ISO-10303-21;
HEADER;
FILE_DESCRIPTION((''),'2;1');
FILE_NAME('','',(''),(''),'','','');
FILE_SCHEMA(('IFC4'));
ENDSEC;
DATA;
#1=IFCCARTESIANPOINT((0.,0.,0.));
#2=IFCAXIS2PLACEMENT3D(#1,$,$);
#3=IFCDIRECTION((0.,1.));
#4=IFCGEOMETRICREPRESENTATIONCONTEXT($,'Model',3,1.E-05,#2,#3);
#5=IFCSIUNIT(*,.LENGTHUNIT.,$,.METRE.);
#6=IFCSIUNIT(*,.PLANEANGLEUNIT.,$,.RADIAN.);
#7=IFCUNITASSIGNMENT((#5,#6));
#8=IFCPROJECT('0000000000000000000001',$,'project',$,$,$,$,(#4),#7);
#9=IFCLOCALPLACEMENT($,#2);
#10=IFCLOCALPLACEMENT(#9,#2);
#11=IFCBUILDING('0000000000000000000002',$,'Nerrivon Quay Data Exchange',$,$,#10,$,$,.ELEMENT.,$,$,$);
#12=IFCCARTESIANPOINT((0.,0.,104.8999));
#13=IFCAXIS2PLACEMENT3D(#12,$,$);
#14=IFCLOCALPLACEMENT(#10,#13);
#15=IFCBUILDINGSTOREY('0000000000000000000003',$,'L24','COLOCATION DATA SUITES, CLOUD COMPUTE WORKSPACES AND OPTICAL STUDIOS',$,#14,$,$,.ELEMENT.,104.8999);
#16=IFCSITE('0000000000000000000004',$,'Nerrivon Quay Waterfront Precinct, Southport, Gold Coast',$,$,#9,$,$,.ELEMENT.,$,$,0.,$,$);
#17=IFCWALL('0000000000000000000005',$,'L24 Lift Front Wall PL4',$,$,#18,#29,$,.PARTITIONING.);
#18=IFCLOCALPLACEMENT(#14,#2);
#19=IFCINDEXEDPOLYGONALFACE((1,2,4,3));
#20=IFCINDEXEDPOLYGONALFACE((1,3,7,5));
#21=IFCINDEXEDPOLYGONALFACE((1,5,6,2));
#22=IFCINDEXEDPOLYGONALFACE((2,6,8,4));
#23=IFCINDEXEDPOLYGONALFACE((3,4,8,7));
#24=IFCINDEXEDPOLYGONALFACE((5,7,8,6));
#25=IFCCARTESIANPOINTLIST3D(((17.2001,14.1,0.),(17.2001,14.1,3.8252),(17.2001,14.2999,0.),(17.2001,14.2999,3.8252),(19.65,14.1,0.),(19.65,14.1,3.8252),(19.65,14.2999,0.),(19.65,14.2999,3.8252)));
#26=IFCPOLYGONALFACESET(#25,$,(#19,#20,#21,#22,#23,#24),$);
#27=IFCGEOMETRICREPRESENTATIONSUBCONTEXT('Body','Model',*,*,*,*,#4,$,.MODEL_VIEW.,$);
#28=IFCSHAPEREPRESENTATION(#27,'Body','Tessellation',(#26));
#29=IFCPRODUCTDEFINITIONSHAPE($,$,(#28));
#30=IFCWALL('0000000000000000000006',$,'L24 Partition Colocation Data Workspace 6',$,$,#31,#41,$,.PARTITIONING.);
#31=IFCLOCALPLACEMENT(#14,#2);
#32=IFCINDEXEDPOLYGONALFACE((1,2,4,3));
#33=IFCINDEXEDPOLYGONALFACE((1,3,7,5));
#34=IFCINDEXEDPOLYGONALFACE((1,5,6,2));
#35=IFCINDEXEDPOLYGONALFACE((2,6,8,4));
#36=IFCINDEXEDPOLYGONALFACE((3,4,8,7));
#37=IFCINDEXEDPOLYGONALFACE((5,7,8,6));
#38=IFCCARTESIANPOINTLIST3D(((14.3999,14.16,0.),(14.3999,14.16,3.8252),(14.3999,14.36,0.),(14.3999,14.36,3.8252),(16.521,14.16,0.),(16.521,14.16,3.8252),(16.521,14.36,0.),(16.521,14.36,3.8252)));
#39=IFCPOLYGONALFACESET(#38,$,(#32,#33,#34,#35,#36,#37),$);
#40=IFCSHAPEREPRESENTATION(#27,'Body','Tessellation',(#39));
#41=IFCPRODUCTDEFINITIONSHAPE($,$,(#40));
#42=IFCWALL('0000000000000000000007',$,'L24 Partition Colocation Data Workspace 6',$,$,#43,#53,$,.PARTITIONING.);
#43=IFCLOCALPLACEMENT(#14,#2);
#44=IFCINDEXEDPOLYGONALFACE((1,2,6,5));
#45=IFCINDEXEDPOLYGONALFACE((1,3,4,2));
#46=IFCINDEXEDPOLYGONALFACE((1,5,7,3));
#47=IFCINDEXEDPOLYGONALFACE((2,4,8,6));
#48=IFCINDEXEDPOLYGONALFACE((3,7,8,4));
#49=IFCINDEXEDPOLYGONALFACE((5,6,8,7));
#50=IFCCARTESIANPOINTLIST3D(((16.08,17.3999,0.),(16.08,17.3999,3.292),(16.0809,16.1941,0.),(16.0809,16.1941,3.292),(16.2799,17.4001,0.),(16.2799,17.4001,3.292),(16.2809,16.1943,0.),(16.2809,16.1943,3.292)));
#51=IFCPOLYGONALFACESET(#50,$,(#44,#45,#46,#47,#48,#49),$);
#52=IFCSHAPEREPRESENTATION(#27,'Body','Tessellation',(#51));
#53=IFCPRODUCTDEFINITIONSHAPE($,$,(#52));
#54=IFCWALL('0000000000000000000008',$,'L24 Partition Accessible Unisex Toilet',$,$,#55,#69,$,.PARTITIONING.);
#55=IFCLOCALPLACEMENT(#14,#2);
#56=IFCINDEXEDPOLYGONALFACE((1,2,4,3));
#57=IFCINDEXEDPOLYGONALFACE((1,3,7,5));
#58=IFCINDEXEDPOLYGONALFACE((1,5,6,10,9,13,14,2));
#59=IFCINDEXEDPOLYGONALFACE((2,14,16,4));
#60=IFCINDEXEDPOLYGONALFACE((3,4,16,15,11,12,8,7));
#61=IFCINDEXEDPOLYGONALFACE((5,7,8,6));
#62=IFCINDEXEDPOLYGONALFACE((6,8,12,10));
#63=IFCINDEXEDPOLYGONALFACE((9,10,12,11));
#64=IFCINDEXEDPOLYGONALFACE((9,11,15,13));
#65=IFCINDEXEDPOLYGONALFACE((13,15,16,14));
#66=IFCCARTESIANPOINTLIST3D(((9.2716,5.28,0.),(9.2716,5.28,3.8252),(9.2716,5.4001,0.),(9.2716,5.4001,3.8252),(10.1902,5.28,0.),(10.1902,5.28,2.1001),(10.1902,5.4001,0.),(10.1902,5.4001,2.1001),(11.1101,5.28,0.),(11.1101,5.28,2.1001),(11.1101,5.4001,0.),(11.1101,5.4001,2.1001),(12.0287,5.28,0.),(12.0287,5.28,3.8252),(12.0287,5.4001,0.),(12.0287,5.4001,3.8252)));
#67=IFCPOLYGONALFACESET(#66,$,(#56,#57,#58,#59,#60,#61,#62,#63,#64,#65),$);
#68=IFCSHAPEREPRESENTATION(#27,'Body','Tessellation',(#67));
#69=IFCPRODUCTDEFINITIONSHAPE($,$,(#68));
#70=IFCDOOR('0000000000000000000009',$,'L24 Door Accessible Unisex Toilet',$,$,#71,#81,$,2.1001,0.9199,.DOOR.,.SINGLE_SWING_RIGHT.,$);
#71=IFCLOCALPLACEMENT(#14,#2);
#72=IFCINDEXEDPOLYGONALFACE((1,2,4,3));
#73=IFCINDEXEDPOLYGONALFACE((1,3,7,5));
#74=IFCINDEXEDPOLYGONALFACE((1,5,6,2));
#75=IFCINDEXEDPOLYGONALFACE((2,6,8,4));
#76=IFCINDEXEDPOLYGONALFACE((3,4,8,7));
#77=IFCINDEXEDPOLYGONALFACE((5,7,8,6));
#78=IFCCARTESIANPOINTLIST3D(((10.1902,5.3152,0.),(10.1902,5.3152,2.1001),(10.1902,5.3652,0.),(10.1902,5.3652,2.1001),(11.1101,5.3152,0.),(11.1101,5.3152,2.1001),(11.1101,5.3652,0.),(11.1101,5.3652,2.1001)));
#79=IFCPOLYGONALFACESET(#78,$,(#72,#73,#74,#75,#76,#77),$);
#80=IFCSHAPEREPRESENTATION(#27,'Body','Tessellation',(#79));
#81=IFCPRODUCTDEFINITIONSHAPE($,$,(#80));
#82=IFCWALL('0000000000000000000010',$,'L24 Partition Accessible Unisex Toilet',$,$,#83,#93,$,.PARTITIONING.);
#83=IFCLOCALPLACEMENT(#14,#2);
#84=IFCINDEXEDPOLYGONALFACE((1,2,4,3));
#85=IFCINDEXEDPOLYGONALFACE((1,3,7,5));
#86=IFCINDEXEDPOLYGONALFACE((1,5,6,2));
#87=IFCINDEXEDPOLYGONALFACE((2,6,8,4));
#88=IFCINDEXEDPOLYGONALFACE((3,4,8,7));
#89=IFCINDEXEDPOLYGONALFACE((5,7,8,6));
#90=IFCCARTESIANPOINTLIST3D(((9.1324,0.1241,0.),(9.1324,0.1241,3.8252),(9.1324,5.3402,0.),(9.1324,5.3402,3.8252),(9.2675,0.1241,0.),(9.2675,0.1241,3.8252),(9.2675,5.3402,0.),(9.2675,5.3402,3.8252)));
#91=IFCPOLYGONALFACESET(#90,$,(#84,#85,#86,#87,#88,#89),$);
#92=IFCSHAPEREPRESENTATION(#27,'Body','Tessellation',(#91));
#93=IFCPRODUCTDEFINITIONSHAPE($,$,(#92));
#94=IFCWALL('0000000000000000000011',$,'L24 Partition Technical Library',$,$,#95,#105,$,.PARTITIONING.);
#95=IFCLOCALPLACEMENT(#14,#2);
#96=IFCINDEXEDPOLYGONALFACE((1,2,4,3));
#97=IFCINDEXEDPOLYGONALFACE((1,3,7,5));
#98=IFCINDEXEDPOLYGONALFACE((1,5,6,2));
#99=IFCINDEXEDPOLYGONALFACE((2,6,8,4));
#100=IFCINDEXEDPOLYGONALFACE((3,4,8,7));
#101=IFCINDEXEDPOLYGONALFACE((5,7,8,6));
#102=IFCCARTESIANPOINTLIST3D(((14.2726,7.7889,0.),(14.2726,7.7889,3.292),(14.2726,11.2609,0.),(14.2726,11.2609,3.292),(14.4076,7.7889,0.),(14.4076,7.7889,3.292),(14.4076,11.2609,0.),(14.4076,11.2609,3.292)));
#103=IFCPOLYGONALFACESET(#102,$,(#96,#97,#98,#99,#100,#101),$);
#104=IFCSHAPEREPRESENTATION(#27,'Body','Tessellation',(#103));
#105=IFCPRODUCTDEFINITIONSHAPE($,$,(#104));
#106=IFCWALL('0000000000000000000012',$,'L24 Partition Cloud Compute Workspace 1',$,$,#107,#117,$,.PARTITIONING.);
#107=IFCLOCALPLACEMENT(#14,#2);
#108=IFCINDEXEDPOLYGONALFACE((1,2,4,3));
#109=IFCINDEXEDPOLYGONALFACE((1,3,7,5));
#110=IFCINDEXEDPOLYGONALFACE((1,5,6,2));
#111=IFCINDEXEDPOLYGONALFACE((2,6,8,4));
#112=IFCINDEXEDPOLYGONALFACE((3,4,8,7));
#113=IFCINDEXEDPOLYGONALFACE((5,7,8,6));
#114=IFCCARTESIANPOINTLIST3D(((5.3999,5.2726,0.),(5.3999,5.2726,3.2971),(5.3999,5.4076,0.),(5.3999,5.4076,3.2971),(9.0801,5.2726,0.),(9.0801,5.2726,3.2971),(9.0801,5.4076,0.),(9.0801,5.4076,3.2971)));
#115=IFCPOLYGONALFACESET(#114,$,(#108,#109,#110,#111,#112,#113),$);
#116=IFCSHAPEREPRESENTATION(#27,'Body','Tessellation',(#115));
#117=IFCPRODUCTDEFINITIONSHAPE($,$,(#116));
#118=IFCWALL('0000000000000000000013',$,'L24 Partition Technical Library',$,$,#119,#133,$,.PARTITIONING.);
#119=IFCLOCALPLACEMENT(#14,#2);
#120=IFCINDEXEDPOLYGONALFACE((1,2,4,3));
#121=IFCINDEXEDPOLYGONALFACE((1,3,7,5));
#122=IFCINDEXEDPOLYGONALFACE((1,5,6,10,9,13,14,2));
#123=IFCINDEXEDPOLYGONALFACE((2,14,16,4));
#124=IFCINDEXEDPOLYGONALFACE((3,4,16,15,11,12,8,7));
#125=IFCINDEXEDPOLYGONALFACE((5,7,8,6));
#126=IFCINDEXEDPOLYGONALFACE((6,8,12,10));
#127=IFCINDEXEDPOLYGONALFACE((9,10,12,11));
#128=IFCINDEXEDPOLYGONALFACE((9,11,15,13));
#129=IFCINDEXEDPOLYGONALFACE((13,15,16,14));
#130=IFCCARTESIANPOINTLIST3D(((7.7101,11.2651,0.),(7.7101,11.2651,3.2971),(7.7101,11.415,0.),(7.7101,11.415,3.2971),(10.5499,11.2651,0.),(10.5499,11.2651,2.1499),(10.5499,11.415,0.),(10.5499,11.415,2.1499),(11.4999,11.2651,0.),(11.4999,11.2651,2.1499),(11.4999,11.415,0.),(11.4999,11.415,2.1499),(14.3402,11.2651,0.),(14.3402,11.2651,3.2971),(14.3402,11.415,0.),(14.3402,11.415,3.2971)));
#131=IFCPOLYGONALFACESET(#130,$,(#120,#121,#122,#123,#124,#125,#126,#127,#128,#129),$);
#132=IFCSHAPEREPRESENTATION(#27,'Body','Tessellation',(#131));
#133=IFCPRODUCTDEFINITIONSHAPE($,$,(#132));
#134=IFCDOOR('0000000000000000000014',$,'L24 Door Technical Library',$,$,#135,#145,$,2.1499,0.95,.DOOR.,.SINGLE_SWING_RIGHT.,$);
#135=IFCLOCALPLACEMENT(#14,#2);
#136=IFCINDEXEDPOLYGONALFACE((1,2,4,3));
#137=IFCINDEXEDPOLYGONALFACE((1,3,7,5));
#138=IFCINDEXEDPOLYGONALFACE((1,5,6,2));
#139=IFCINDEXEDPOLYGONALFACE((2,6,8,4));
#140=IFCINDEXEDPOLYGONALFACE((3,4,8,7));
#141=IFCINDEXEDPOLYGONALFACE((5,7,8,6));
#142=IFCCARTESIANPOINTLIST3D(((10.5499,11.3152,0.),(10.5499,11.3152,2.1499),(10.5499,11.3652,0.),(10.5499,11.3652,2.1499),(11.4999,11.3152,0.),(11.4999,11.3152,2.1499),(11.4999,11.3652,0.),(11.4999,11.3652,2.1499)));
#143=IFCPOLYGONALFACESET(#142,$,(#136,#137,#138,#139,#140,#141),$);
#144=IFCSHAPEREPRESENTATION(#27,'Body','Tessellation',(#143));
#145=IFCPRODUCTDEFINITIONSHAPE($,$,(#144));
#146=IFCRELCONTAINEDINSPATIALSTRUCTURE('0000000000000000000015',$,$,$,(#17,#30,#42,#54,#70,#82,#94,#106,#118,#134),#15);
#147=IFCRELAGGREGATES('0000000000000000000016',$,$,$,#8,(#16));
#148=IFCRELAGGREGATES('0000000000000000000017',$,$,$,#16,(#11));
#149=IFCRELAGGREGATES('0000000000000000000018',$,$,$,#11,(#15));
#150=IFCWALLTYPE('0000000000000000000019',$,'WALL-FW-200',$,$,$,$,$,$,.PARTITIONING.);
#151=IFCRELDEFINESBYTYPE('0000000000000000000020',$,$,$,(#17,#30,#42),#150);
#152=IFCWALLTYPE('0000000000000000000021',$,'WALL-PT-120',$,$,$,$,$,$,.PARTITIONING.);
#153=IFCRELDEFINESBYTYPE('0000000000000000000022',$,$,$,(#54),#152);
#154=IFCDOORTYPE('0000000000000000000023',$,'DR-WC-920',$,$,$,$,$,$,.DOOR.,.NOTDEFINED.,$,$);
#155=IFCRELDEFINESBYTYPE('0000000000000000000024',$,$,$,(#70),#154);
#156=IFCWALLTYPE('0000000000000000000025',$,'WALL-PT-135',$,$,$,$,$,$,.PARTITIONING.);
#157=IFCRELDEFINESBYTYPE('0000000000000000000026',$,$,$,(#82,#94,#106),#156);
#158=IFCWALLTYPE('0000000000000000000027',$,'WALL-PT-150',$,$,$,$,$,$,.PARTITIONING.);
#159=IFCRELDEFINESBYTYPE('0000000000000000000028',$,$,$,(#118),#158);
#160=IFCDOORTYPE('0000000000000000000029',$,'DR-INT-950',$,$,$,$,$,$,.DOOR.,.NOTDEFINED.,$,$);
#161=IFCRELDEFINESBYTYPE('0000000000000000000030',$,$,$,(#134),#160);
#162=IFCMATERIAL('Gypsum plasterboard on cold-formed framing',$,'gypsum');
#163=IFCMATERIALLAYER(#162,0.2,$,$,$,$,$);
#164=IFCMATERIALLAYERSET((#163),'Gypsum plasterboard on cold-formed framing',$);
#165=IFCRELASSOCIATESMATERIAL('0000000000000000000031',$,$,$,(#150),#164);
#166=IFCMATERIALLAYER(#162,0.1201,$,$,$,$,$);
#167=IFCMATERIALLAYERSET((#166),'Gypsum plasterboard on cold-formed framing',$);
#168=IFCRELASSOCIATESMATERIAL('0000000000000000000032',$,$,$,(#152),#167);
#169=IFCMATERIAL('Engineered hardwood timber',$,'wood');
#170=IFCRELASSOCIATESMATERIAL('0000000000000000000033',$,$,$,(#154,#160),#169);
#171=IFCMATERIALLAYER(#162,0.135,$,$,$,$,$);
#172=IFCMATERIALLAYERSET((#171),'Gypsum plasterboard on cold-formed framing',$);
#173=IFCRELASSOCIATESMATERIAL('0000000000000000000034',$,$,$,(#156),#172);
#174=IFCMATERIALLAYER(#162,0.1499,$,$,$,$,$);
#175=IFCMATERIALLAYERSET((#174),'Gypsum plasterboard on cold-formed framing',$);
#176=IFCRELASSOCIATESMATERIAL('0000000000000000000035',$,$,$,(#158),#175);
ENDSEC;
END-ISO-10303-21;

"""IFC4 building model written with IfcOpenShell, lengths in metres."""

from ifc_helpers import new_model, si_unit, direction, frame, frame_2d, origin, place, context, subcontext, project, spatial, rectangle, extrude, material, layer, layer_set, type_object, element, fill, save


model = new_model("IFC4")

# Units and contexts
model_context = context("Model", 3, precision=1e-05, world=origin(), true_north=direction((0.0, 1.0)))
body_context = subcontext(model_context, "Body", "Model", "MODEL_VIEW")
ifc_project = project(units=[si_unit("LENGTHUNIT", "METRE"), si_unit("PLANEANGLEUNIT", "RADIAN")], contexts=[model_context])

# Site, building, storey
site_placement = place(None, origin())
site = spatial("IfcSite", under=ifc_project, at=site_placement, Name="Nerrivon Quay Waterfront Precinct, Southport, Gold Coast", CompositionType="ELEMENT", RefElevation=0.0)
building_placement = place(site_placement, origin())
building = spatial("IfcBuilding", under=site, at=building_placement, Name="Nerrivon Quay Data Exchange", CompositionType="ELEMENT")
storey_placement = place(building_placement, frame((0.0, 0.0, 104.8999)))
storey = spatial("IfcBuildingStorey", under=building, at=storey_placement, Name="L24", Description="COLOCATION DATA SUITES, CLOUD COMPUTE WORKSPACES AND OPTICAL STUDIOS", CompositionType="ELEMENT", Elevation=104.8999)

# Walls
ifc_material_1 = material(Name="Gypsum plasterboard on cold-formed framing", Category="gypsum")
ifc_layer_1 = layer(ifc_material_1, 0.2)
ifc_layer_set_1 = layer_set([ifc_layer_1], Name="Gypsum plasterboard on cold-formed framing")
wall_type_1 = type_object("IfcWallType", Name="WALL-FW-200", PredefinedType="PARTITIONING", material=ifc_layer_set_1)
wall_1_placement = place(storey_placement, frame((17.2, 14.2, 0.0), z_axis=(0.0, 0.0, 1.0), x_axis=(1.0, 0.0, 0.0)))
element("IfcWall", 1, at=wall_1_placement, inside=storey, type_object=wall_type_1, Name="L24 Lift Front Wall PL4", PredefinedType="PARTITIONING", context=body_context, shape_type="SweptSolid", body=[
    extrude(rectangle(XDim=2.45, YDim=0.2, at=frame_2d((1.2251, 0.0))), origin(), (0.0, 0.0, 1.0), 3.8252),
])
wall_2_placement = place(storey_placement, frame((14.3999, 14.26, 0.0), z_axis=(0.0, 0.0, 1.0), x_axis=(1.0, 0.0, 0.0)))
element("IfcWall", 2, at=wall_2_placement, inside=storey, type_object=wall_type_1, Name="L24 Partition Colocation Data Workspace 6", PredefinedType="PARTITIONING", context=body_context, shape_type="SweptSolid", body=[
    extrude(rectangle(XDim=2.1211, YDim=0.2, at=frame_2d((1.0605, 0.0))), origin(), (0.0, 0.0, 1.0), 3.8252),
])
wall_3_placement = place(storey_placement, frame((16.1809, 16.1941, 0.0), z_axis=(0.0, 0.0, 1.0), x_axis=(-0.00081, 1.0, 0.0)))
element("IfcWall", 3, at=wall_3_placement, inside=storey, type_object=wall_type_1, Name="L24 Partition Colocation Data Workspace 6", PredefinedType="PARTITIONING", context=body_context, shape_type="SweptSolid", body=[
    extrude(rectangle(XDim=1.2058, YDim=0.2, at=frame_2d((0.603, 0.0))), origin(), (0.0, 0.0, 1.0), 3.292),
])

# Wall, opening, door
ifc_layer_2 = layer(ifc_material_1, 0.1201)
ifc_layer_set_2 = layer_set([ifc_layer_2], Name="Gypsum plasterboard on cold-formed framing")
wall_type_2 = type_object("IfcWallType", Name="WALL-PT-120", PredefinedType="PARTITIONING", material=ifc_layer_set_2)
wall_4_placement = place(storey_placement, frame((12.0286, 5.3401, 0.0), z_axis=(0.0, 0.0, 1.0), x_axis=(-1.0, 0.0, 0.0)))
wall_4 = element("IfcWall", 4, at=wall_4_placement, inside=storey, type_object=wall_type_2, Name="L24 Partition Accessible Unisex Toilet", PredefinedType="PARTITIONING", context=body_context, shape_type="SweptSolid", body=[
    extrude(rectangle(XDim=2.7571, YDim=0.1201, at=frame_2d((1.3784, 0.0))), origin(), (0.0, 0.0, 1.0), 3.8252),
])
opening_1_placement = place(wall_4_placement, frame((0.9185, 0.0, 0.0)))
opening_1 = element("IfcOpeningElement", 5, at=opening_1_placement, cuts=wall_4, PredefinedType="OPENING", context=body_context, shape_type="SweptSolid", body=[
    extrude(rectangle(XDim=0.9199, YDim=2.1001, at=frame_2d((0.46, 1.05))), frame((0.0, 0.0701, 0.0), z_axis=(0.0, -1.0, 0.0), x_axis=(1.0, 0.0, 0.0)), (0.0, 0.0, 1.0), 0.1401),
])
ifc_material_2 = material(Name="Engineered hardwood timber", Category="wood")
door_type_1 = type_object("IfcDoorType", Name="DR-WC-920", OperationType="NOTDEFINED", PredefinedType="DOOR", material=ifc_material_2)
door_1_placement = place(opening_1_placement, origin())
door_1 = element("IfcDoor", 6, at=door_1_placement, inside=storey, type_object=door_type_1, Name="L24 Door Accessible Unisex Toilet", OperationType="SINGLE_SWING_RIGHT", OverallHeight=2.1001, OverallWidth=0.9199, PredefinedType="DOOR", context=body_context, shape_type="SweptSolid", body=[
    extrude(rectangle(XDim=0.9199, YDim=2.1001, at=frame_2d((0.46, 1.05))), frame((0.0, 0.0249, 0.0), z_axis=(0.0, -1.0, 0.0), x_axis=(1.0, 0.0, 0.0)), (0.0, 0.0, 1.0), 0.05),
])
fill(opening_1, door_1)

# Walls
ifc_layer_3 = layer(ifc_material_1, 0.135)
ifc_layer_set_3 = layer_set([ifc_layer_3], Name="Gypsum plasterboard on cold-formed framing")
wall_type_3 = type_object("IfcWallType", Name="WALL-PT-135", PredefinedType="PARTITIONING", material=ifc_layer_set_3)
wall_5_placement = place(storey_placement, frame((9.2, 5.3401, 0.0), z_axis=(0.0, 0.0, 1.0), x_axis=(0.0, -1.0, 0.0)))
element("IfcWall", 7, at=wall_5_placement, inside=storey, type_object=wall_type_3, Name="L24 Partition Accessible Unisex Toilet", PredefinedType="PARTITIONING", context=body_context, shape_type="SweptSolid", body=[
    extrude(rectangle(XDim=5.2161, YDim=0.135, at=frame_2d((2.6079, 0.0))), origin(), (0.0, 0.0, 1.0), 3.8252),
])
wall_6_placement = place(storey_placement, frame((14.3401, 7.7891, 0.0), z_axis=(0.0, 0.0, 1.0), x_axis=(0.0, 1.0, 0.0)))
element("IfcWall", 8, at=wall_6_placement, inside=storey, type_object=wall_type_3, Name="L24 Partition Technical Library", PredefinedType="PARTITIONING", context=body_context, shape_type="SweptSolid", body=[
    extrude(rectangle(XDim=3.4719, YDim=0.135, at=frame_2d((1.7358, 0.0))), origin(), (0.0, 0.0, 1.0), 3.292),
])
wall_7_placement = place(storey_placement, frame((9.0801, 5.3401, 0.0), z_axis=(0.0, 0.0, 1.0), x_axis=(-1.0, 0.0, 0.0)))
element("IfcWall", 9, at=wall_7_placement, inside=storey, type_object=wall_type_3, Name="L24 Partition Cloud Compute Workspace 1", PredefinedType="PARTITIONING", context=body_context, shape_type="SweptSolid", body=[
    extrude(rectangle(XDim=3.6802, YDim=0.135, at=frame_2d((1.8401, 0.0))), origin(), (0.0, 0.0, 1.0), 3.2971),
])

# Wall, opening, door
ifc_layer_4 = layer(ifc_material_1, 0.1499)
ifc_layer_set_4 = layer_set([ifc_layer_4], Name="Gypsum plasterboard on cold-formed framing")
wall_type_4 = type_object("IfcWallType", Name="WALL-PT-150", PredefinedType="PARTITIONING", material=ifc_layer_set_4)
wall_8_placement = place(storey_placement, frame((14.3401, 11.3401, 0.0), z_axis=(0.0, 0.0, 1.0), x_axis=(-1.0, 0.0, 0.0)))
wall_8 = element("IfcWall", 10, at=wall_8_placement, inside=storey, type_object=wall_type_4, Name="L24 Partition Technical Library", PredefinedType="PARTITIONING", context=body_context, shape_type="SweptSolid", body=[
    extrude(rectangle(XDim=6.6301, YDim=0.1499, at=frame_2d((3.3149, 0.0))), origin(), (0.0, 0.0, 1.0), 3.2971),
])
opening_2_placement = place(wall_8_placement, frame((2.8401, 0.0, 0.0)))
opening_2 = element("IfcOpeningElement", 11, at=opening_2_placement, cuts=wall_8, PredefinedType="OPENING", context=body_context, shape_type="SweptSolid", body=[
    extrude(rectangle(XDim=0.95, YDim=2.1499, at=frame_2d((0.4751, 1.075))), frame((0.0, 0.085, 0.0), z_axis=(0.0, -1.0, 0.0), x_axis=(1.0, 0.0, 0.0)), (0.0, 0.0, 1.0), 0.1699),
])
door_type_2 = type_object("IfcDoorType", Name="DR-INT-950", OperationType="NOTDEFINED", PredefinedType="DOOR", material=ifc_material_2)
door_2_placement = place(opening_2_placement, origin())
door_2 = element("IfcDoor", 12, at=door_2_placement, inside=storey, type_object=door_type_2, Name="L24 Door Technical Library", OperationType="SINGLE_SWING_RIGHT", OverallHeight=2.1499, OverallWidth=0.95, PredefinedType="DOOR", context=body_context, shape_type="SweptSolid", body=[
    extrude(rectangle(XDim=0.95, YDim=2.1499, at=frame_2d((0.4751, 1.075))), frame((0.0, 0.0249, 0.0), z_axis=(0.0, -1.0, 0.0), x_axis=(1.0, 0.0, 0.0)), (0.0, 0.0, 1.0), 0.05),
])
fill(opening_2, door_2)

save(model, "model.ifc")
